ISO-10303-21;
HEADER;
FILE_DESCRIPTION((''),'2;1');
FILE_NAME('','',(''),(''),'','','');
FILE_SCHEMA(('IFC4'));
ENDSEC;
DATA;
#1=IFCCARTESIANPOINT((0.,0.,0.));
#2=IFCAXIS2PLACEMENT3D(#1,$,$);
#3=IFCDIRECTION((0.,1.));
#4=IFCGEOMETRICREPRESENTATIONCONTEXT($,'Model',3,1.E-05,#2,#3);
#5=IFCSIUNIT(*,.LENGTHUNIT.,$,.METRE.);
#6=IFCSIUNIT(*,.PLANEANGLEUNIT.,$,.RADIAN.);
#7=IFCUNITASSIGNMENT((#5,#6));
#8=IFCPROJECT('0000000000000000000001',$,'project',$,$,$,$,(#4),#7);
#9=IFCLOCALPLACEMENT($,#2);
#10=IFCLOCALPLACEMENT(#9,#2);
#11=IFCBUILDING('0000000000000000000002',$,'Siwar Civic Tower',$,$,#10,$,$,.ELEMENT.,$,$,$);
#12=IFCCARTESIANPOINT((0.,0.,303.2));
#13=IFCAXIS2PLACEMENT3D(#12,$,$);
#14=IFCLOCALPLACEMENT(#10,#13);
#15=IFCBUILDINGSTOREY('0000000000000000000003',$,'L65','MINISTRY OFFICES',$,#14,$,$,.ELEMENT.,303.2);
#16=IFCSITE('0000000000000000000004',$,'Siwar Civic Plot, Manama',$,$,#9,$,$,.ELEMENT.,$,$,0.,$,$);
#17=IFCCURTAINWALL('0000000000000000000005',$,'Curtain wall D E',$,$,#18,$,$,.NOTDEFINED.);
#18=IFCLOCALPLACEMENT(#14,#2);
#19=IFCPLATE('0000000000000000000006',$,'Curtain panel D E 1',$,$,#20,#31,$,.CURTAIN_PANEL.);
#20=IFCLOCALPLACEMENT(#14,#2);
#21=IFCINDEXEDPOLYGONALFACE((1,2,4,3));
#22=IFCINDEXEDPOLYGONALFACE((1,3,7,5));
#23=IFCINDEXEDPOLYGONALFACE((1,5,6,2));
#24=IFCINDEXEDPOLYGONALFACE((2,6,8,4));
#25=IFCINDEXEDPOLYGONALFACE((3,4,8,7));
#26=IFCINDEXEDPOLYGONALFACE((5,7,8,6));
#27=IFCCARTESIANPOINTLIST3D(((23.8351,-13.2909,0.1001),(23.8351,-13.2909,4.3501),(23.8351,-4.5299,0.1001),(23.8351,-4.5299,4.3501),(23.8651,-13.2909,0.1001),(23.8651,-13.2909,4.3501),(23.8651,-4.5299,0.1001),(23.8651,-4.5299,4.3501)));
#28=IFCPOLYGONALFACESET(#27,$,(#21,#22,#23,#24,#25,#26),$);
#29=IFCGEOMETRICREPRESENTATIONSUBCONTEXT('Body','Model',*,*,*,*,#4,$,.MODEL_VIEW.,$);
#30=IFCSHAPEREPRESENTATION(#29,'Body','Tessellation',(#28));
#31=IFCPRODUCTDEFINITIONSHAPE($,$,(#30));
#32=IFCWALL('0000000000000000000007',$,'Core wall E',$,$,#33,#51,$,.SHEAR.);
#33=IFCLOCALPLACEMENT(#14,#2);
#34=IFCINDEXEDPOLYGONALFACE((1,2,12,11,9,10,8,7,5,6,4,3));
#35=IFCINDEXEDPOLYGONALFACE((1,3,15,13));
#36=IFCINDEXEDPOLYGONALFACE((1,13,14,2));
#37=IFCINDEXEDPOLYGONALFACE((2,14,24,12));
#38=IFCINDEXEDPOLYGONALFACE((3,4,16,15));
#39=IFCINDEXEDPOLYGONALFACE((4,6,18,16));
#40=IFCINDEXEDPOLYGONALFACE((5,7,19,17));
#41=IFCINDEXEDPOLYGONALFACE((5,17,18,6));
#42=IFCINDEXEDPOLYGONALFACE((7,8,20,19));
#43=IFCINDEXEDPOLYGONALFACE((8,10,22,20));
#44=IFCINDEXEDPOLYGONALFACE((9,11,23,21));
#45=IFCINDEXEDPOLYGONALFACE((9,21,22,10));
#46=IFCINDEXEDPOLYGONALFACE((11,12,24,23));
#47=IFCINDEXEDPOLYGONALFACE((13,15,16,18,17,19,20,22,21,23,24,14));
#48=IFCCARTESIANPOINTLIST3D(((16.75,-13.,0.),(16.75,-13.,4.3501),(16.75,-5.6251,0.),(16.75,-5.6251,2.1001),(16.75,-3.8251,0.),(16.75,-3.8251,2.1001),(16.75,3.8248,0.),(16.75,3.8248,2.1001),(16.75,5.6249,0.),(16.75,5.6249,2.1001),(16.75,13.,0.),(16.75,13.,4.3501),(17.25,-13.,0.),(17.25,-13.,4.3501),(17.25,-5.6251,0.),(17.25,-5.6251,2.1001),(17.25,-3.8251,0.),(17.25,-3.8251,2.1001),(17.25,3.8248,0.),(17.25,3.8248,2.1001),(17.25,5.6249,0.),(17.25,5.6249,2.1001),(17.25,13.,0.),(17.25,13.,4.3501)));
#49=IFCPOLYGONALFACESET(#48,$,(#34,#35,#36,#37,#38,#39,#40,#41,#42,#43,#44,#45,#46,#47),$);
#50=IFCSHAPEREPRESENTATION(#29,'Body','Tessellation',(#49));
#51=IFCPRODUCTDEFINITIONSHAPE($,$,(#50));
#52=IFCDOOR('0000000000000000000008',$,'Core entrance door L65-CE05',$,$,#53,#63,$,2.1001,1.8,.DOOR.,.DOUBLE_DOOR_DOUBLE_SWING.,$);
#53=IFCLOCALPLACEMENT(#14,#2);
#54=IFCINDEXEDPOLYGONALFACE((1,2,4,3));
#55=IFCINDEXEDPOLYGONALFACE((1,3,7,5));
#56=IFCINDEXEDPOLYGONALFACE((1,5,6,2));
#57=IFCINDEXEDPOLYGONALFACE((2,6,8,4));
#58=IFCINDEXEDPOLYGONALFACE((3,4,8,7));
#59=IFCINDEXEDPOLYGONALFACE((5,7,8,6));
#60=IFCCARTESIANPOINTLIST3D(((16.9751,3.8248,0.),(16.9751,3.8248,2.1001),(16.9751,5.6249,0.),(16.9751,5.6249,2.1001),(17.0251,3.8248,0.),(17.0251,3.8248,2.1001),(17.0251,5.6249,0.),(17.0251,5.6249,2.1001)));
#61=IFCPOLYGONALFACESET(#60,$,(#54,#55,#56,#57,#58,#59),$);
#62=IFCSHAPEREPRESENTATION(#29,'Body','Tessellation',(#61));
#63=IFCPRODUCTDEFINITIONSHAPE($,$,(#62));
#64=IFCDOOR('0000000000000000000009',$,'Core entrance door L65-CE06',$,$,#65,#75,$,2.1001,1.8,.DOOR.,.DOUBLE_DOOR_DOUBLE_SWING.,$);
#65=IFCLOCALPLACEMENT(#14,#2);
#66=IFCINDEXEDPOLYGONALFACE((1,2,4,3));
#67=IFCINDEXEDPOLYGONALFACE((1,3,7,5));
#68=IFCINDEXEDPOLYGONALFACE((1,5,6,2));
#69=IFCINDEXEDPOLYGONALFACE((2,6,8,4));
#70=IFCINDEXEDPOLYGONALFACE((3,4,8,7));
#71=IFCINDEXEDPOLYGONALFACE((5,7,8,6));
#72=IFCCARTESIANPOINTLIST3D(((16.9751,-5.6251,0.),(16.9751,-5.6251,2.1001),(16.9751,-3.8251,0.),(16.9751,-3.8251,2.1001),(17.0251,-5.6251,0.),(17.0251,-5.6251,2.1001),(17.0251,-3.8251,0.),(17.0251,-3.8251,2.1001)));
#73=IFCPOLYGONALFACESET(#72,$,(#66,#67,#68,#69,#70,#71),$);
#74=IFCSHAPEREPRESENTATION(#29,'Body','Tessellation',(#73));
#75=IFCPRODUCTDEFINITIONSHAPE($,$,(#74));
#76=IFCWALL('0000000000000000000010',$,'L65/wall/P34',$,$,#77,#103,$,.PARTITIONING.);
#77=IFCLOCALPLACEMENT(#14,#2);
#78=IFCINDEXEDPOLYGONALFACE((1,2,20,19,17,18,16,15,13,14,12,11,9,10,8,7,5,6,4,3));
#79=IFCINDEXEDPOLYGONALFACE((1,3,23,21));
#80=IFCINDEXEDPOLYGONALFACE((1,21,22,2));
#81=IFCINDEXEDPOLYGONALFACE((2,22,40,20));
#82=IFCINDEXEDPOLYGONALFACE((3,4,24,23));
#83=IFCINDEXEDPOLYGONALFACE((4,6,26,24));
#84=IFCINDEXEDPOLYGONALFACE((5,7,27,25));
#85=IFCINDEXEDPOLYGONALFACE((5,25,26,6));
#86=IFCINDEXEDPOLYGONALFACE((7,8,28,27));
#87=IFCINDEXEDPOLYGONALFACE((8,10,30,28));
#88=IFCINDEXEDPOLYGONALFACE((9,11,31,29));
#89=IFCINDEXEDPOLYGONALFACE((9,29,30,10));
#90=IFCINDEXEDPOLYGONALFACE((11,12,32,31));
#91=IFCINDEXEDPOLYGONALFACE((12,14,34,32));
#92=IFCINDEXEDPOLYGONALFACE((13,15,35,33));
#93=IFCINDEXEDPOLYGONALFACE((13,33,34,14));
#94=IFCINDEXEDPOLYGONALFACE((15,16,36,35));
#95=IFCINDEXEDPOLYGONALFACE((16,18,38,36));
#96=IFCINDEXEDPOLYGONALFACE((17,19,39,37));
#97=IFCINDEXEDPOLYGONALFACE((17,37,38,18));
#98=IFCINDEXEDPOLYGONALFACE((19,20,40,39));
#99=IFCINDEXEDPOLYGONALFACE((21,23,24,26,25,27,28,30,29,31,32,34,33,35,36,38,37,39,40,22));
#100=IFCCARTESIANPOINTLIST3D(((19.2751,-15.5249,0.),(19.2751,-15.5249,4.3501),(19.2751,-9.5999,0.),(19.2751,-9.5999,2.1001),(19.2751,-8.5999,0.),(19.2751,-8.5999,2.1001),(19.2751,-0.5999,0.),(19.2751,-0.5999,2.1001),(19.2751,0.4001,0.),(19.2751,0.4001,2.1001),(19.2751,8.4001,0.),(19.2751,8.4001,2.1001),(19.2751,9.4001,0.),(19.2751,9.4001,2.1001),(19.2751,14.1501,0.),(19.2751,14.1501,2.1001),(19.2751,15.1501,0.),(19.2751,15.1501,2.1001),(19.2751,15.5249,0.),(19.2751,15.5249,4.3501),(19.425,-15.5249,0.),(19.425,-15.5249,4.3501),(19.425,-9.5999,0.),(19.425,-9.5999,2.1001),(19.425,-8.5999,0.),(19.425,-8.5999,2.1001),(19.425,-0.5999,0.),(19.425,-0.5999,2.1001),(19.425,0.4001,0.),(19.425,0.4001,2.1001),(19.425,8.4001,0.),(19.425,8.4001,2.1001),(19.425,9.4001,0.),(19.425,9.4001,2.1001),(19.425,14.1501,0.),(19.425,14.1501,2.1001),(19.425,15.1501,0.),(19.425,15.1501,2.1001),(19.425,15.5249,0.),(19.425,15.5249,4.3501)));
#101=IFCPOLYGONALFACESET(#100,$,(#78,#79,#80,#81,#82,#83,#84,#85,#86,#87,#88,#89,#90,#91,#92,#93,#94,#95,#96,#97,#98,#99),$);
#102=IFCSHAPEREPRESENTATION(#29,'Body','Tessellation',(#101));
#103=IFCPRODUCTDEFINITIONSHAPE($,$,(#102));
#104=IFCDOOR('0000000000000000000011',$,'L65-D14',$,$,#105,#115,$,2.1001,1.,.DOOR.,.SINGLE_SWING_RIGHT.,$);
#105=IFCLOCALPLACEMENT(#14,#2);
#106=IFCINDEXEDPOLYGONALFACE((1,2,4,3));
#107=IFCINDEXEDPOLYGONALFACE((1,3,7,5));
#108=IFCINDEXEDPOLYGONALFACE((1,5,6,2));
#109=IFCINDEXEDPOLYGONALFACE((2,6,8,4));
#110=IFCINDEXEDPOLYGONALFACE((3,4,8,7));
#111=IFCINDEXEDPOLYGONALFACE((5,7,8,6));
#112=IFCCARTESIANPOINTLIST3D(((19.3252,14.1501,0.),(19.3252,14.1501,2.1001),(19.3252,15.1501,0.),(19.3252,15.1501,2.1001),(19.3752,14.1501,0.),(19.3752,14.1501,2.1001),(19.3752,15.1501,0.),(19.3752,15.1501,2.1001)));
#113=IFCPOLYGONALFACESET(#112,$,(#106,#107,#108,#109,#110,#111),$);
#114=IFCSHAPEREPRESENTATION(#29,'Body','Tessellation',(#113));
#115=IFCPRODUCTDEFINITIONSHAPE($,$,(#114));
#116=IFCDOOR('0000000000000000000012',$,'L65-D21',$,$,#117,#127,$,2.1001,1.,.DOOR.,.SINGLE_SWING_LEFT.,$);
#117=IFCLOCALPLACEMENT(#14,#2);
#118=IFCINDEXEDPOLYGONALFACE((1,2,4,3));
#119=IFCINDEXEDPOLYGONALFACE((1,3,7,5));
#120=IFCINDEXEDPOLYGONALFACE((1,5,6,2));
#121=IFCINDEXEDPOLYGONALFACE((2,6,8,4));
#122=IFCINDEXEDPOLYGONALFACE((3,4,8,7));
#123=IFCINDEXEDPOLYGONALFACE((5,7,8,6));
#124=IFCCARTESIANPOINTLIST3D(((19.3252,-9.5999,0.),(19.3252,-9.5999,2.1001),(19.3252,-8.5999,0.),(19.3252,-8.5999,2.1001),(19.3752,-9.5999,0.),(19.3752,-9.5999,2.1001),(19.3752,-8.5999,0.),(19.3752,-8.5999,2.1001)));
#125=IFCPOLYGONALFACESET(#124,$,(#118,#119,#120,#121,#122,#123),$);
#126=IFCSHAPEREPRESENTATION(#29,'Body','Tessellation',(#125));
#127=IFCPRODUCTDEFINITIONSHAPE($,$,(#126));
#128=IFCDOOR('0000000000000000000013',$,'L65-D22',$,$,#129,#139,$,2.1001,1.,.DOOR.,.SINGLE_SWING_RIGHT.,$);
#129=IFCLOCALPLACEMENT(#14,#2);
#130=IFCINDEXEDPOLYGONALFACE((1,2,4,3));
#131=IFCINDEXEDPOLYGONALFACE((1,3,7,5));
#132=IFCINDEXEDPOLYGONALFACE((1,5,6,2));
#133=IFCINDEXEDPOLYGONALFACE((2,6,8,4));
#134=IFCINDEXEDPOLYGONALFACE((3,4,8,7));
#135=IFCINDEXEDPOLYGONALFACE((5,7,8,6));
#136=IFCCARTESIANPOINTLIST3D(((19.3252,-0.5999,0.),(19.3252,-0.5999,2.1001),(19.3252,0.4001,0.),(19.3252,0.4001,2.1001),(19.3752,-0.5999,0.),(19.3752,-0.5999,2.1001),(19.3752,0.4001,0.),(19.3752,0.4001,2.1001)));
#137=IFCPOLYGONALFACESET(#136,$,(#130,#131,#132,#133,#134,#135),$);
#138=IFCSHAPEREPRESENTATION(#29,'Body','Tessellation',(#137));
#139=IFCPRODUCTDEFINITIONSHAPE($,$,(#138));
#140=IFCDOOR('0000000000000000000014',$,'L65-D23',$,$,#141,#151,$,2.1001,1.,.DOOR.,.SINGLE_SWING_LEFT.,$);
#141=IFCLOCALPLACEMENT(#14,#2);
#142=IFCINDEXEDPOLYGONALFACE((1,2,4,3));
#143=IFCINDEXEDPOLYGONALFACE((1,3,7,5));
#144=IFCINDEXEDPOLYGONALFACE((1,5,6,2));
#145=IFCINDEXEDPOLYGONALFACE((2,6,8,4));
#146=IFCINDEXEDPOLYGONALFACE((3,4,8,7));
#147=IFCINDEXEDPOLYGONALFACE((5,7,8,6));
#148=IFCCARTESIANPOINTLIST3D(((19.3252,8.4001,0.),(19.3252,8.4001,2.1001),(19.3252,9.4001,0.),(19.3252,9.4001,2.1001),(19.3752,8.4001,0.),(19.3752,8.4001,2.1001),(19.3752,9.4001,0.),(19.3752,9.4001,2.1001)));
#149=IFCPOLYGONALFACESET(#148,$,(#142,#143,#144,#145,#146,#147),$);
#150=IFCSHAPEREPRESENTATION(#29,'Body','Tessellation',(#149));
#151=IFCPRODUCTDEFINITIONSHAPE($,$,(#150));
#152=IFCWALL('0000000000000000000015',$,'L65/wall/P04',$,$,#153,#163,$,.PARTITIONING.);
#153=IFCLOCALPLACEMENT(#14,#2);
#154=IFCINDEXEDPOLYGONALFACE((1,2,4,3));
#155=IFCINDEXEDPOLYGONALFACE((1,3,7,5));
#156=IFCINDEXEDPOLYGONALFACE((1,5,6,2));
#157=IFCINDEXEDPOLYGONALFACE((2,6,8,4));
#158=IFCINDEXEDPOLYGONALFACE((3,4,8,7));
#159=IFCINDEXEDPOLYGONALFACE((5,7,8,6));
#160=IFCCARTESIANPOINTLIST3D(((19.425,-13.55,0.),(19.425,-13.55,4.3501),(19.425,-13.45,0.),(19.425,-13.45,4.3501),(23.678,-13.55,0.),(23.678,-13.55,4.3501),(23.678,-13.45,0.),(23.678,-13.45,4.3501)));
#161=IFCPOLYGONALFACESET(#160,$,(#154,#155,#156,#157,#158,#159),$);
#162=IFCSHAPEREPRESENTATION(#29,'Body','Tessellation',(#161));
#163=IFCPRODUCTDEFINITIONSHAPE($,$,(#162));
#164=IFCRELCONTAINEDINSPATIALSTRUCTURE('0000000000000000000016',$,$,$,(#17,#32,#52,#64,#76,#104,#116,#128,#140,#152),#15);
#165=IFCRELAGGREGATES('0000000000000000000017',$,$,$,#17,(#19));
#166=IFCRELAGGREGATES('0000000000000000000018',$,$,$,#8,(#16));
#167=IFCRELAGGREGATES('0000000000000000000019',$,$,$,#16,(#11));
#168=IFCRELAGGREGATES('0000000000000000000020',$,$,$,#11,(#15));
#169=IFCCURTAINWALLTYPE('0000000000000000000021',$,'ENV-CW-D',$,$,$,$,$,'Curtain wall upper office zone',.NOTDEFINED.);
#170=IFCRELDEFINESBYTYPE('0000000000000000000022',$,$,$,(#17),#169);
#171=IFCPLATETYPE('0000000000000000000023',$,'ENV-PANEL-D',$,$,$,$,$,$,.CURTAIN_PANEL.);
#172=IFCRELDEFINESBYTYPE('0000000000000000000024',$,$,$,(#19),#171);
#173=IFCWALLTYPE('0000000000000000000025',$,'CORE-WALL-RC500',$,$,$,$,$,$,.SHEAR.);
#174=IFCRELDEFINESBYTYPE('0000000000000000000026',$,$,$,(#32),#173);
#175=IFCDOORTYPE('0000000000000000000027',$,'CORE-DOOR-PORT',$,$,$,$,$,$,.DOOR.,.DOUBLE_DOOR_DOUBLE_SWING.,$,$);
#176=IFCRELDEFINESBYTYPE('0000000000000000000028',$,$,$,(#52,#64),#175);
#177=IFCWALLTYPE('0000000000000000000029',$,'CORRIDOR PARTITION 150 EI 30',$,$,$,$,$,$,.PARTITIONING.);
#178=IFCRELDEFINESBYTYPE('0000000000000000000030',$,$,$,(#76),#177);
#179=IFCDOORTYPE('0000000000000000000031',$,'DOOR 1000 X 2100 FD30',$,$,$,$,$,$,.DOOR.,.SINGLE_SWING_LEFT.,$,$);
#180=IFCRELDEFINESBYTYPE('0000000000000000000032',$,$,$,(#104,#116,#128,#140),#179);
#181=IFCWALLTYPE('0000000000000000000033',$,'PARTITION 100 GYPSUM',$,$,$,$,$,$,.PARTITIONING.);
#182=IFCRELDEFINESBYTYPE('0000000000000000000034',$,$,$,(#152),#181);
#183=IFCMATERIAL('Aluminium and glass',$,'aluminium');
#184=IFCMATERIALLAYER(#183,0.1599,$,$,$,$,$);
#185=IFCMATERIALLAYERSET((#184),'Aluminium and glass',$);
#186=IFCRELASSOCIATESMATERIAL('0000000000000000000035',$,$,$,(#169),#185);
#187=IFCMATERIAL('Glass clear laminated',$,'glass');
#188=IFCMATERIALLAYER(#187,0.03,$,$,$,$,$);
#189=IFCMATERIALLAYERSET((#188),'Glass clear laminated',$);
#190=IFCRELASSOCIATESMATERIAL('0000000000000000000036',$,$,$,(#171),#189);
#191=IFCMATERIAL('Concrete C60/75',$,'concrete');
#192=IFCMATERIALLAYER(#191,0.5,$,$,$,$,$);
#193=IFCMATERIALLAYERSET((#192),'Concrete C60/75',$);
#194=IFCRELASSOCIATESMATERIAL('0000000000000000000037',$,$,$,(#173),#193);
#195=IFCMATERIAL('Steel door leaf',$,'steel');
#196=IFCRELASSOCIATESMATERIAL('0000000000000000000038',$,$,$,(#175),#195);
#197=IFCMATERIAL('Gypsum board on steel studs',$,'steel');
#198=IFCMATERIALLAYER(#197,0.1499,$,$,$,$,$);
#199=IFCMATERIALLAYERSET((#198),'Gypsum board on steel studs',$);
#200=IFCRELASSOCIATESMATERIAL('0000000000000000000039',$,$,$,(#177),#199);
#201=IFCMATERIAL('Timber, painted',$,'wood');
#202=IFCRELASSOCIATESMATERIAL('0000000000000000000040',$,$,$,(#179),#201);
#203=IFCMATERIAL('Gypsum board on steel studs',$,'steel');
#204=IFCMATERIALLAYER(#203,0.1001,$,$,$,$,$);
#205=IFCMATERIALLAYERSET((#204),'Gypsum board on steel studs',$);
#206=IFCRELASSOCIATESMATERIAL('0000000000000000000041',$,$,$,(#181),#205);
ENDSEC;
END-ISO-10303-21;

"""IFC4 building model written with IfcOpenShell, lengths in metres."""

from ifc_helpers import new_model, si_unit, direction, frame, frame_2d, origin, origin_2d, place, context, subcontext, project, spatial, rectangle, extrude, material, layer, layer_set, type_object, element, fill, aggregate, save


model = new_model("IFC4")

# Units and contexts
model_context = context("Model", 3, precision=1e-05, world=origin(), true_north=direction((0.0, 1.0)))
body_context = subcontext(model_context, "Body", "Model", "MODEL_VIEW")
ifc_project = project(units=[si_unit("LENGTHUNIT", "METRE"), si_unit("PLANEANGLEUNIT", "RADIAN")], contexts=[model_context])

# Site, building, storey
site_placement = place(None, origin())
site = spatial("IfcSite", under=ifc_project, at=site_placement, Name="Siwar Civic Plot, Manama", CompositionType="ELEMENT", RefElevation=0.0)
building_placement = place(site_placement, origin())
building = spatial("IfcBuilding", under=site, at=building_placement, Name="Siwar Civic Tower", CompositionType="ELEMENT")
storey_placement = place(building_placement, frame((0.0, 0.0, 303.2)))
storey = spatial("IfcBuildingStorey", under=building, at=storey_placement, Name="L65", Description="MINISTRY OFFICES", CompositionType="ELEMENT", Elevation=303.2)

# Curtain wall
ifc_material_1 = material(Name="Aluminium and glass", Category="aluminium")
ifc_layer_1 = layer(ifc_material_1, 0.1599)
ifc_layer_set_1 = layer_set([ifc_layer_1], Name="Aluminium and glass")
curtain_wall_type = type_object("IfcCurtainWallType", Name="ENV-CW-D", ElementType="Curtain wall upper office zone", PredefinedType="NOTDEFINED", material=ifc_layer_set_1)
curtain_wall_placement = place(storey_placement, origin())
curtain_wall = element("IfcCurtainWall", 1, at=curtain_wall_placement, inside=storey, type_object=curtain_wall_type, Name="Curtain wall D E", PredefinedType="NOTDEFINED")

# Plate
ifc_material_2 = material(Name="Glass clear laminated", Category="glass")
ifc_layer_2 = layer(ifc_material_2, 0.03)
ifc_layer_set_2 = layer_set([ifc_layer_2], Name="Glass clear laminated")
plate_type = type_object("IfcPlateType", Name="ENV-PANEL-D", PredefinedType="CURTAIN_PANEL", material=ifc_layer_set_2)
plate_placement = place(storey_placement, frame((23.8501, -8.9104, 0.1001), z_axis=(0.0, 0.0, 1.0), x_axis=(0.0, 1.0, 0.0)))
plate = element("IfcPlate", 2, at=plate_placement, type_object=plate_type, Name="Curtain panel D E 1", PredefinedType="CURTAIN_PANEL", context=body_context, shape_type="SweptSolid", body=[
    extrude(rectangle(XDim=8.761, YDim=0.03, at=origin_2d()), origin(), (0.0, 0.0, 1.0), 4.25),
])
aggregate(curtain_wall, [plate])

# Walls, openings, doors
ifc_material_3 = material(Name="Concrete C60/75", Category="concrete")
ifc_layer_3 = layer(ifc_material_3, 0.5)
ifc_layer_set_3 = layer_set([ifc_layer_3], Name="Concrete C60/75")
wall_type_1 = type_object("IfcWallType", Name="CORE-WALL-RC500", PredefinedType="SHEAR", material=ifc_layer_set_3)
wall_1_placement = place(storey_placement, frame((17.0, -13.0, 0.0), z_axis=(0.0, 0.0, 1.0), x_axis=(0.0, 1.0, 0.0)))
wall_1 = element("IfcWall", 3, at=wall_1_placement, inside=storey, type_object=wall_type_1, Name="Core wall E", PredefinedType="SHEAR", context=body_context, shape_type="SweptSolid", body=[
    extrude(rectangle(XDim=26.0, YDim=0.5, at=frame_2d((13.0, 0.0))), origin(), (0.0, 0.0, 1.0), 4.3501),
])
opening_1_placement = place(wall_1_placement, frame((16.825, 0.0, 0.0)))
opening_1 = element("IfcOpeningElement", 4, at=opening_1_placement, cuts=wall_1, PredefinedType="OPENING", context=body_context, shape_type="SweptSolid", body=[
    extrude(rectangle(XDim=1.8, YDim=2.1001, at=frame_2d((0.8999, 1.05))), frame((0.0, 0.26, 0.0), z_axis=(0.0, -1.0, 0.0), x_axis=(1.0, 0.0, 0.0)), (0.0, 0.0, 1.0), 0.52),
])
opening_2_placement = place(wall_1_placement, frame((7.375, 0.0, 0.0)))
opening_2 = element("IfcOpeningElement", 5, at=opening_2_placement, cuts=wall_1, PredefinedType="OPENING", context=body_context, shape_type="SweptSolid", body=[
    extrude(rectangle(XDim=1.8, YDim=2.1001, at=frame_2d((0.8999, 1.05))), frame((0.0, 0.26, 0.0), z_axis=(0.0, -1.0, 0.0), x_axis=(1.0, 0.0, 0.0)), (0.0, 0.0, 1.0), 0.52),
])
ifc_material_4 = material(Name="Steel door leaf", Category="steel")
door_type_1 = type_object("IfcDoorType", Name="CORE-DOOR-PORT", OperationType="DOUBLE_DOOR_DOUBLE_SWING", PredefinedType="DOOR", material=ifc_material_4)
door_1_placement = place(opening_1_placement, origin())
door_1 = element("IfcDoor", 6, at=door_1_placement, inside=storey, type_object=door_type_1, Name="Core entrance door L65-CE05", OperationType="DOUBLE_DOOR_DOUBLE_SWING", OverallHeight=2.1001, OverallWidth=1.8, PredefinedType="DOOR", context=body_context, shape_type="SweptSolid", body=[
    extrude(rectangle(XDim=1.8, YDim=2.1001, at=frame_2d((0.8999, 1.05))), frame((0.0, 0.0249, 0.0), z_axis=(0.0, -1.0, 0.0), x_axis=(1.0, 0.0, 0.0)), (0.0, 0.0, 1.0), 0.05),
])
fill(opening_1, door_1)
door_2_placement = place(opening_2_placement, origin())
door_2 = element("IfcDoor", 7, at=door_2_placement, inside=storey, type_object=door_type_1, Name="Core entrance door L65-CE06", OperationType="DOUBLE_DOOR_DOUBLE_SWING", OverallHeight=2.1001, OverallWidth=1.8, PredefinedType="DOOR", context=body_context, shape_type="SweptSolid", body=[
    extrude(rectangle(XDim=1.8, YDim=2.1001, at=frame_2d((0.8999, 1.05))), frame((0.0, 0.0249, 0.0), z_axis=(0.0, -1.0, 0.0), x_axis=(1.0, 0.0, 0.0)), (0.0, 0.0, 1.0), 0.05),
])
fill(opening_2, door_2)
ifc_material_5 = material(Name="Gypsum board on steel studs", Category="steel")
ifc_layer_4 = layer(ifc_material_5, 0.1499)
ifc_layer_set_4 = layer_set([ifc_layer_4], Name="Gypsum board on steel studs")
wall_type_2 = type_object("IfcWallType", Name="CORRIDOR PARTITION 150 EI 30", PredefinedType="PARTITIONING", material=ifc_layer_set_4)
wall_2_placement = place(storey_placement, frame((19.3501, -15.5249, 0.0), z_axis=(0.0, 0.0, 1.0), x_axis=(0.0, 1.0, 0.0)))
wall_2 = element("IfcWall", 8, at=wall_2_placement, inside=storey, type_object=wall_type_2, Name="L65/wall/P34", PredefinedType="PARTITIONING", context=body_context, shape_type="SweptSolid", body=[
    extrude(rectangle(XDim=31.0498, YDim=0.1499, at=frame_2d((15.5249, 0.0))), origin(), (0.0, 0.0, 1.0), 4.3501),
])
opening_3_placement = place(wall_2_placement, frame((29.675, 0.0, 0.0)))
opening_3 = element("IfcOpeningElement", 9, at=opening_3_placement, cuts=wall_2, PredefinedType="OPENING", context=body_context, shape_type="SweptSolid", body=[
    extrude(rectangle(XDim=1.0, YDim=2.1001, at=frame_2d((0.5, 1.05))), frame((0.0, 0.085, 0.0), z_axis=(0.0, -1.0, 0.0), x_axis=(1.0, 0.0, 0.0)), (0.0, 0.0, 1.0), 0.1699),
])
opening_4_placement = place(wall_2_placement, frame((5.925, 0.0, 0.0)))
opening_4 = element("IfcOpeningElement", 10, at=opening_4_placement, cuts=wall_2, PredefinedType="OPENING", context=body_context, shape_type="SweptSolid", body=[
    extrude(rectangle(XDim=1.0, YDim=2.1001, at=frame_2d((0.5, 1.05))), frame((0.0, 0.085, 0.0), z_axis=(0.0, -1.0, 0.0), x_axis=(1.0, 0.0, 0.0)), (0.0, 0.0, 1.0), 0.1699),
])
opening_5_placement = place(wall_2_placement, frame((14.925, 0.0, 0.0)))
opening_5 = element("IfcOpeningElement", 11, at=opening_5_placement, cuts=wall_2, PredefinedType="OPENING", context=body_context, shape_type="SweptSolid", body=[
    extrude(rectangle(XDim=1.0, YDim=2.1001, at=frame_2d((0.5, 1.05))), frame((0.0, 0.085, 0.0), z_axis=(0.0, -1.0, 0.0), x_axis=(1.0, 0.0, 0.0)), (0.0, 0.0, 1.0), 0.1699),
])
opening_6_placement = place(wall_2_placement, frame((23.925, 0.0, 0.0)))
opening_6 = element("IfcOpeningElement", 12, at=opening_6_placement, cuts=wall_2, PredefinedType="OPENING", context=body_context, shape_type="SweptSolid", body=[
    extrude(rectangle(XDim=1.0, YDim=2.1001, at=frame_2d((0.5, 1.05))), frame((0.0, 0.085, 0.0), z_axis=(0.0, -1.0, 0.0), x_axis=(1.0, 0.0, 0.0)), (0.0, 0.0, 1.0), 0.1699),
])
ifc_material_6 = material(Name="Timber, painted", Category="wood")
door_type_2 = type_object("IfcDoorType", Name="DOOR 1000 X 2100 FD30", OperationType="SINGLE_SWING_LEFT", PredefinedType="DOOR", material=ifc_material_6)
door_3_placement = place(opening_3_placement, origin())
door_3 = element("IfcDoor", 13, at=door_3_placement, inside=storey, type_object=door_type_2, Name="L65-D14", OperationType="SINGLE_SWING_RIGHT", OverallHeight=2.1001, OverallWidth=1.0, PredefinedType="DOOR", context=body_context, shape_type="SweptSolid", body=[
    extrude(rectangle(XDim=1.0, YDim=2.1001, at=frame_2d((0.5, 1.05))), frame((0.0, 0.0249, 0.0), z_axis=(0.0, -1.0, 0.0), x_axis=(1.0, 0.0, 0.0)), (0.0, 0.0, 1.0), 0.05),
])
fill(opening_3, door_3)
door_4_placement = place(opening_4_placement, origin())
door_4 = element("IfcDoor", 14, at=door_4_placement, inside=storey, type_object=door_type_2, Name="L65-D21", OperationType="SINGLE_SWING_LEFT", OverallHeight=2.1001, OverallWidth=1.0, PredefinedType="DOOR", context=body_context, shape_type="SweptSolid", body=[
    extrude(rectangle(XDim=1.0, YDim=2.1001, at=frame_2d((0.5, 1.05))), frame((0.0, 0.0249, 0.0), z_axis=(0.0, -1.0, 0.0), x_axis=(1.0, 0.0, 0.0)), (0.0, 0.0, 1.0), 0.05),
])
fill(opening_4, door_4)
door_5_placement = place(opening_5_placement, origin())
door_5 = element("IfcDoor", 15, at=door_5_placement, inside=storey, type_object=door_type_2, Name="L65-D22", OperationType="SINGLE_SWING_RIGHT", OverallHeight=2.1001, OverallWidth=1.0, PredefinedType="DOOR", context=body_context, shape_type="SweptSolid", body=[
    extrude(rectangle(XDim=1.0, YDim=2.1001, at=frame_2d((0.5, 1.05))), frame((0.0, 0.0249, 0.0), z_axis=(0.0, -1.0, 0.0), x_axis=(1.0, 0.0, 0.0)), (0.0, 0.0, 1.0), 0.05),
])
fill(opening_5, door_5)
door_6_placement = place(opening_6_placement, origin())
door_6 = element("IfcDoor", 16, at=door_6_placement, inside=storey, type_object=door_type_2, Name="L65-D23", OperationType="SINGLE_SWING_LEFT", OverallHeight=2.1001, OverallWidth=1.0, PredefinedType="DOOR", context=body_context, shape_type="SweptSolid", body=[
    extrude(rectangle(XDim=1.0, YDim=2.1001, at=frame_2d((0.5, 1.05))), frame((0.0, 0.0249, 0.0), z_axis=(0.0, -1.0, 0.0), x_axis=(1.0, 0.0, 0.0)), (0.0, 0.0, 1.0), 0.05),
])
fill(opening_6, door_6)

# Wall
ifc_material_7 = material(Name="Gypsum board on steel studs", Category="steel")
ifc_layer_5 = layer(ifc_material_7, 0.1001)
ifc_layer_set_5 = layer_set([ifc_layer_5], Name="Gypsum board on steel studs")
wall_type_3 = type_object("IfcWallType", Name="PARTITION 100 GYPSUM", PredefinedType="PARTITIONING", material=ifc_layer_set_5)
wall_3_placement = place(storey_placement, frame((19.425, -13.5, 0.0), z_axis=(0.0, 0.0, 1.0), x_axis=(1.0, 0.0, 0.0)))
element("IfcWall", 17, at=wall_3_placement, inside=storey, type_object=wall_type_3, Name="L65/wall/P04", PredefinedType="PARTITIONING", context=body_context, shape_type="SweptSolid", body=[
    extrude(rectangle(XDim=4.2529, YDim=0.1001, at=frame_2d((2.1265, 0.0))), origin(), (0.0, 0.0, 1.0), 4.3501),
])

save(model, "model.ifc")
